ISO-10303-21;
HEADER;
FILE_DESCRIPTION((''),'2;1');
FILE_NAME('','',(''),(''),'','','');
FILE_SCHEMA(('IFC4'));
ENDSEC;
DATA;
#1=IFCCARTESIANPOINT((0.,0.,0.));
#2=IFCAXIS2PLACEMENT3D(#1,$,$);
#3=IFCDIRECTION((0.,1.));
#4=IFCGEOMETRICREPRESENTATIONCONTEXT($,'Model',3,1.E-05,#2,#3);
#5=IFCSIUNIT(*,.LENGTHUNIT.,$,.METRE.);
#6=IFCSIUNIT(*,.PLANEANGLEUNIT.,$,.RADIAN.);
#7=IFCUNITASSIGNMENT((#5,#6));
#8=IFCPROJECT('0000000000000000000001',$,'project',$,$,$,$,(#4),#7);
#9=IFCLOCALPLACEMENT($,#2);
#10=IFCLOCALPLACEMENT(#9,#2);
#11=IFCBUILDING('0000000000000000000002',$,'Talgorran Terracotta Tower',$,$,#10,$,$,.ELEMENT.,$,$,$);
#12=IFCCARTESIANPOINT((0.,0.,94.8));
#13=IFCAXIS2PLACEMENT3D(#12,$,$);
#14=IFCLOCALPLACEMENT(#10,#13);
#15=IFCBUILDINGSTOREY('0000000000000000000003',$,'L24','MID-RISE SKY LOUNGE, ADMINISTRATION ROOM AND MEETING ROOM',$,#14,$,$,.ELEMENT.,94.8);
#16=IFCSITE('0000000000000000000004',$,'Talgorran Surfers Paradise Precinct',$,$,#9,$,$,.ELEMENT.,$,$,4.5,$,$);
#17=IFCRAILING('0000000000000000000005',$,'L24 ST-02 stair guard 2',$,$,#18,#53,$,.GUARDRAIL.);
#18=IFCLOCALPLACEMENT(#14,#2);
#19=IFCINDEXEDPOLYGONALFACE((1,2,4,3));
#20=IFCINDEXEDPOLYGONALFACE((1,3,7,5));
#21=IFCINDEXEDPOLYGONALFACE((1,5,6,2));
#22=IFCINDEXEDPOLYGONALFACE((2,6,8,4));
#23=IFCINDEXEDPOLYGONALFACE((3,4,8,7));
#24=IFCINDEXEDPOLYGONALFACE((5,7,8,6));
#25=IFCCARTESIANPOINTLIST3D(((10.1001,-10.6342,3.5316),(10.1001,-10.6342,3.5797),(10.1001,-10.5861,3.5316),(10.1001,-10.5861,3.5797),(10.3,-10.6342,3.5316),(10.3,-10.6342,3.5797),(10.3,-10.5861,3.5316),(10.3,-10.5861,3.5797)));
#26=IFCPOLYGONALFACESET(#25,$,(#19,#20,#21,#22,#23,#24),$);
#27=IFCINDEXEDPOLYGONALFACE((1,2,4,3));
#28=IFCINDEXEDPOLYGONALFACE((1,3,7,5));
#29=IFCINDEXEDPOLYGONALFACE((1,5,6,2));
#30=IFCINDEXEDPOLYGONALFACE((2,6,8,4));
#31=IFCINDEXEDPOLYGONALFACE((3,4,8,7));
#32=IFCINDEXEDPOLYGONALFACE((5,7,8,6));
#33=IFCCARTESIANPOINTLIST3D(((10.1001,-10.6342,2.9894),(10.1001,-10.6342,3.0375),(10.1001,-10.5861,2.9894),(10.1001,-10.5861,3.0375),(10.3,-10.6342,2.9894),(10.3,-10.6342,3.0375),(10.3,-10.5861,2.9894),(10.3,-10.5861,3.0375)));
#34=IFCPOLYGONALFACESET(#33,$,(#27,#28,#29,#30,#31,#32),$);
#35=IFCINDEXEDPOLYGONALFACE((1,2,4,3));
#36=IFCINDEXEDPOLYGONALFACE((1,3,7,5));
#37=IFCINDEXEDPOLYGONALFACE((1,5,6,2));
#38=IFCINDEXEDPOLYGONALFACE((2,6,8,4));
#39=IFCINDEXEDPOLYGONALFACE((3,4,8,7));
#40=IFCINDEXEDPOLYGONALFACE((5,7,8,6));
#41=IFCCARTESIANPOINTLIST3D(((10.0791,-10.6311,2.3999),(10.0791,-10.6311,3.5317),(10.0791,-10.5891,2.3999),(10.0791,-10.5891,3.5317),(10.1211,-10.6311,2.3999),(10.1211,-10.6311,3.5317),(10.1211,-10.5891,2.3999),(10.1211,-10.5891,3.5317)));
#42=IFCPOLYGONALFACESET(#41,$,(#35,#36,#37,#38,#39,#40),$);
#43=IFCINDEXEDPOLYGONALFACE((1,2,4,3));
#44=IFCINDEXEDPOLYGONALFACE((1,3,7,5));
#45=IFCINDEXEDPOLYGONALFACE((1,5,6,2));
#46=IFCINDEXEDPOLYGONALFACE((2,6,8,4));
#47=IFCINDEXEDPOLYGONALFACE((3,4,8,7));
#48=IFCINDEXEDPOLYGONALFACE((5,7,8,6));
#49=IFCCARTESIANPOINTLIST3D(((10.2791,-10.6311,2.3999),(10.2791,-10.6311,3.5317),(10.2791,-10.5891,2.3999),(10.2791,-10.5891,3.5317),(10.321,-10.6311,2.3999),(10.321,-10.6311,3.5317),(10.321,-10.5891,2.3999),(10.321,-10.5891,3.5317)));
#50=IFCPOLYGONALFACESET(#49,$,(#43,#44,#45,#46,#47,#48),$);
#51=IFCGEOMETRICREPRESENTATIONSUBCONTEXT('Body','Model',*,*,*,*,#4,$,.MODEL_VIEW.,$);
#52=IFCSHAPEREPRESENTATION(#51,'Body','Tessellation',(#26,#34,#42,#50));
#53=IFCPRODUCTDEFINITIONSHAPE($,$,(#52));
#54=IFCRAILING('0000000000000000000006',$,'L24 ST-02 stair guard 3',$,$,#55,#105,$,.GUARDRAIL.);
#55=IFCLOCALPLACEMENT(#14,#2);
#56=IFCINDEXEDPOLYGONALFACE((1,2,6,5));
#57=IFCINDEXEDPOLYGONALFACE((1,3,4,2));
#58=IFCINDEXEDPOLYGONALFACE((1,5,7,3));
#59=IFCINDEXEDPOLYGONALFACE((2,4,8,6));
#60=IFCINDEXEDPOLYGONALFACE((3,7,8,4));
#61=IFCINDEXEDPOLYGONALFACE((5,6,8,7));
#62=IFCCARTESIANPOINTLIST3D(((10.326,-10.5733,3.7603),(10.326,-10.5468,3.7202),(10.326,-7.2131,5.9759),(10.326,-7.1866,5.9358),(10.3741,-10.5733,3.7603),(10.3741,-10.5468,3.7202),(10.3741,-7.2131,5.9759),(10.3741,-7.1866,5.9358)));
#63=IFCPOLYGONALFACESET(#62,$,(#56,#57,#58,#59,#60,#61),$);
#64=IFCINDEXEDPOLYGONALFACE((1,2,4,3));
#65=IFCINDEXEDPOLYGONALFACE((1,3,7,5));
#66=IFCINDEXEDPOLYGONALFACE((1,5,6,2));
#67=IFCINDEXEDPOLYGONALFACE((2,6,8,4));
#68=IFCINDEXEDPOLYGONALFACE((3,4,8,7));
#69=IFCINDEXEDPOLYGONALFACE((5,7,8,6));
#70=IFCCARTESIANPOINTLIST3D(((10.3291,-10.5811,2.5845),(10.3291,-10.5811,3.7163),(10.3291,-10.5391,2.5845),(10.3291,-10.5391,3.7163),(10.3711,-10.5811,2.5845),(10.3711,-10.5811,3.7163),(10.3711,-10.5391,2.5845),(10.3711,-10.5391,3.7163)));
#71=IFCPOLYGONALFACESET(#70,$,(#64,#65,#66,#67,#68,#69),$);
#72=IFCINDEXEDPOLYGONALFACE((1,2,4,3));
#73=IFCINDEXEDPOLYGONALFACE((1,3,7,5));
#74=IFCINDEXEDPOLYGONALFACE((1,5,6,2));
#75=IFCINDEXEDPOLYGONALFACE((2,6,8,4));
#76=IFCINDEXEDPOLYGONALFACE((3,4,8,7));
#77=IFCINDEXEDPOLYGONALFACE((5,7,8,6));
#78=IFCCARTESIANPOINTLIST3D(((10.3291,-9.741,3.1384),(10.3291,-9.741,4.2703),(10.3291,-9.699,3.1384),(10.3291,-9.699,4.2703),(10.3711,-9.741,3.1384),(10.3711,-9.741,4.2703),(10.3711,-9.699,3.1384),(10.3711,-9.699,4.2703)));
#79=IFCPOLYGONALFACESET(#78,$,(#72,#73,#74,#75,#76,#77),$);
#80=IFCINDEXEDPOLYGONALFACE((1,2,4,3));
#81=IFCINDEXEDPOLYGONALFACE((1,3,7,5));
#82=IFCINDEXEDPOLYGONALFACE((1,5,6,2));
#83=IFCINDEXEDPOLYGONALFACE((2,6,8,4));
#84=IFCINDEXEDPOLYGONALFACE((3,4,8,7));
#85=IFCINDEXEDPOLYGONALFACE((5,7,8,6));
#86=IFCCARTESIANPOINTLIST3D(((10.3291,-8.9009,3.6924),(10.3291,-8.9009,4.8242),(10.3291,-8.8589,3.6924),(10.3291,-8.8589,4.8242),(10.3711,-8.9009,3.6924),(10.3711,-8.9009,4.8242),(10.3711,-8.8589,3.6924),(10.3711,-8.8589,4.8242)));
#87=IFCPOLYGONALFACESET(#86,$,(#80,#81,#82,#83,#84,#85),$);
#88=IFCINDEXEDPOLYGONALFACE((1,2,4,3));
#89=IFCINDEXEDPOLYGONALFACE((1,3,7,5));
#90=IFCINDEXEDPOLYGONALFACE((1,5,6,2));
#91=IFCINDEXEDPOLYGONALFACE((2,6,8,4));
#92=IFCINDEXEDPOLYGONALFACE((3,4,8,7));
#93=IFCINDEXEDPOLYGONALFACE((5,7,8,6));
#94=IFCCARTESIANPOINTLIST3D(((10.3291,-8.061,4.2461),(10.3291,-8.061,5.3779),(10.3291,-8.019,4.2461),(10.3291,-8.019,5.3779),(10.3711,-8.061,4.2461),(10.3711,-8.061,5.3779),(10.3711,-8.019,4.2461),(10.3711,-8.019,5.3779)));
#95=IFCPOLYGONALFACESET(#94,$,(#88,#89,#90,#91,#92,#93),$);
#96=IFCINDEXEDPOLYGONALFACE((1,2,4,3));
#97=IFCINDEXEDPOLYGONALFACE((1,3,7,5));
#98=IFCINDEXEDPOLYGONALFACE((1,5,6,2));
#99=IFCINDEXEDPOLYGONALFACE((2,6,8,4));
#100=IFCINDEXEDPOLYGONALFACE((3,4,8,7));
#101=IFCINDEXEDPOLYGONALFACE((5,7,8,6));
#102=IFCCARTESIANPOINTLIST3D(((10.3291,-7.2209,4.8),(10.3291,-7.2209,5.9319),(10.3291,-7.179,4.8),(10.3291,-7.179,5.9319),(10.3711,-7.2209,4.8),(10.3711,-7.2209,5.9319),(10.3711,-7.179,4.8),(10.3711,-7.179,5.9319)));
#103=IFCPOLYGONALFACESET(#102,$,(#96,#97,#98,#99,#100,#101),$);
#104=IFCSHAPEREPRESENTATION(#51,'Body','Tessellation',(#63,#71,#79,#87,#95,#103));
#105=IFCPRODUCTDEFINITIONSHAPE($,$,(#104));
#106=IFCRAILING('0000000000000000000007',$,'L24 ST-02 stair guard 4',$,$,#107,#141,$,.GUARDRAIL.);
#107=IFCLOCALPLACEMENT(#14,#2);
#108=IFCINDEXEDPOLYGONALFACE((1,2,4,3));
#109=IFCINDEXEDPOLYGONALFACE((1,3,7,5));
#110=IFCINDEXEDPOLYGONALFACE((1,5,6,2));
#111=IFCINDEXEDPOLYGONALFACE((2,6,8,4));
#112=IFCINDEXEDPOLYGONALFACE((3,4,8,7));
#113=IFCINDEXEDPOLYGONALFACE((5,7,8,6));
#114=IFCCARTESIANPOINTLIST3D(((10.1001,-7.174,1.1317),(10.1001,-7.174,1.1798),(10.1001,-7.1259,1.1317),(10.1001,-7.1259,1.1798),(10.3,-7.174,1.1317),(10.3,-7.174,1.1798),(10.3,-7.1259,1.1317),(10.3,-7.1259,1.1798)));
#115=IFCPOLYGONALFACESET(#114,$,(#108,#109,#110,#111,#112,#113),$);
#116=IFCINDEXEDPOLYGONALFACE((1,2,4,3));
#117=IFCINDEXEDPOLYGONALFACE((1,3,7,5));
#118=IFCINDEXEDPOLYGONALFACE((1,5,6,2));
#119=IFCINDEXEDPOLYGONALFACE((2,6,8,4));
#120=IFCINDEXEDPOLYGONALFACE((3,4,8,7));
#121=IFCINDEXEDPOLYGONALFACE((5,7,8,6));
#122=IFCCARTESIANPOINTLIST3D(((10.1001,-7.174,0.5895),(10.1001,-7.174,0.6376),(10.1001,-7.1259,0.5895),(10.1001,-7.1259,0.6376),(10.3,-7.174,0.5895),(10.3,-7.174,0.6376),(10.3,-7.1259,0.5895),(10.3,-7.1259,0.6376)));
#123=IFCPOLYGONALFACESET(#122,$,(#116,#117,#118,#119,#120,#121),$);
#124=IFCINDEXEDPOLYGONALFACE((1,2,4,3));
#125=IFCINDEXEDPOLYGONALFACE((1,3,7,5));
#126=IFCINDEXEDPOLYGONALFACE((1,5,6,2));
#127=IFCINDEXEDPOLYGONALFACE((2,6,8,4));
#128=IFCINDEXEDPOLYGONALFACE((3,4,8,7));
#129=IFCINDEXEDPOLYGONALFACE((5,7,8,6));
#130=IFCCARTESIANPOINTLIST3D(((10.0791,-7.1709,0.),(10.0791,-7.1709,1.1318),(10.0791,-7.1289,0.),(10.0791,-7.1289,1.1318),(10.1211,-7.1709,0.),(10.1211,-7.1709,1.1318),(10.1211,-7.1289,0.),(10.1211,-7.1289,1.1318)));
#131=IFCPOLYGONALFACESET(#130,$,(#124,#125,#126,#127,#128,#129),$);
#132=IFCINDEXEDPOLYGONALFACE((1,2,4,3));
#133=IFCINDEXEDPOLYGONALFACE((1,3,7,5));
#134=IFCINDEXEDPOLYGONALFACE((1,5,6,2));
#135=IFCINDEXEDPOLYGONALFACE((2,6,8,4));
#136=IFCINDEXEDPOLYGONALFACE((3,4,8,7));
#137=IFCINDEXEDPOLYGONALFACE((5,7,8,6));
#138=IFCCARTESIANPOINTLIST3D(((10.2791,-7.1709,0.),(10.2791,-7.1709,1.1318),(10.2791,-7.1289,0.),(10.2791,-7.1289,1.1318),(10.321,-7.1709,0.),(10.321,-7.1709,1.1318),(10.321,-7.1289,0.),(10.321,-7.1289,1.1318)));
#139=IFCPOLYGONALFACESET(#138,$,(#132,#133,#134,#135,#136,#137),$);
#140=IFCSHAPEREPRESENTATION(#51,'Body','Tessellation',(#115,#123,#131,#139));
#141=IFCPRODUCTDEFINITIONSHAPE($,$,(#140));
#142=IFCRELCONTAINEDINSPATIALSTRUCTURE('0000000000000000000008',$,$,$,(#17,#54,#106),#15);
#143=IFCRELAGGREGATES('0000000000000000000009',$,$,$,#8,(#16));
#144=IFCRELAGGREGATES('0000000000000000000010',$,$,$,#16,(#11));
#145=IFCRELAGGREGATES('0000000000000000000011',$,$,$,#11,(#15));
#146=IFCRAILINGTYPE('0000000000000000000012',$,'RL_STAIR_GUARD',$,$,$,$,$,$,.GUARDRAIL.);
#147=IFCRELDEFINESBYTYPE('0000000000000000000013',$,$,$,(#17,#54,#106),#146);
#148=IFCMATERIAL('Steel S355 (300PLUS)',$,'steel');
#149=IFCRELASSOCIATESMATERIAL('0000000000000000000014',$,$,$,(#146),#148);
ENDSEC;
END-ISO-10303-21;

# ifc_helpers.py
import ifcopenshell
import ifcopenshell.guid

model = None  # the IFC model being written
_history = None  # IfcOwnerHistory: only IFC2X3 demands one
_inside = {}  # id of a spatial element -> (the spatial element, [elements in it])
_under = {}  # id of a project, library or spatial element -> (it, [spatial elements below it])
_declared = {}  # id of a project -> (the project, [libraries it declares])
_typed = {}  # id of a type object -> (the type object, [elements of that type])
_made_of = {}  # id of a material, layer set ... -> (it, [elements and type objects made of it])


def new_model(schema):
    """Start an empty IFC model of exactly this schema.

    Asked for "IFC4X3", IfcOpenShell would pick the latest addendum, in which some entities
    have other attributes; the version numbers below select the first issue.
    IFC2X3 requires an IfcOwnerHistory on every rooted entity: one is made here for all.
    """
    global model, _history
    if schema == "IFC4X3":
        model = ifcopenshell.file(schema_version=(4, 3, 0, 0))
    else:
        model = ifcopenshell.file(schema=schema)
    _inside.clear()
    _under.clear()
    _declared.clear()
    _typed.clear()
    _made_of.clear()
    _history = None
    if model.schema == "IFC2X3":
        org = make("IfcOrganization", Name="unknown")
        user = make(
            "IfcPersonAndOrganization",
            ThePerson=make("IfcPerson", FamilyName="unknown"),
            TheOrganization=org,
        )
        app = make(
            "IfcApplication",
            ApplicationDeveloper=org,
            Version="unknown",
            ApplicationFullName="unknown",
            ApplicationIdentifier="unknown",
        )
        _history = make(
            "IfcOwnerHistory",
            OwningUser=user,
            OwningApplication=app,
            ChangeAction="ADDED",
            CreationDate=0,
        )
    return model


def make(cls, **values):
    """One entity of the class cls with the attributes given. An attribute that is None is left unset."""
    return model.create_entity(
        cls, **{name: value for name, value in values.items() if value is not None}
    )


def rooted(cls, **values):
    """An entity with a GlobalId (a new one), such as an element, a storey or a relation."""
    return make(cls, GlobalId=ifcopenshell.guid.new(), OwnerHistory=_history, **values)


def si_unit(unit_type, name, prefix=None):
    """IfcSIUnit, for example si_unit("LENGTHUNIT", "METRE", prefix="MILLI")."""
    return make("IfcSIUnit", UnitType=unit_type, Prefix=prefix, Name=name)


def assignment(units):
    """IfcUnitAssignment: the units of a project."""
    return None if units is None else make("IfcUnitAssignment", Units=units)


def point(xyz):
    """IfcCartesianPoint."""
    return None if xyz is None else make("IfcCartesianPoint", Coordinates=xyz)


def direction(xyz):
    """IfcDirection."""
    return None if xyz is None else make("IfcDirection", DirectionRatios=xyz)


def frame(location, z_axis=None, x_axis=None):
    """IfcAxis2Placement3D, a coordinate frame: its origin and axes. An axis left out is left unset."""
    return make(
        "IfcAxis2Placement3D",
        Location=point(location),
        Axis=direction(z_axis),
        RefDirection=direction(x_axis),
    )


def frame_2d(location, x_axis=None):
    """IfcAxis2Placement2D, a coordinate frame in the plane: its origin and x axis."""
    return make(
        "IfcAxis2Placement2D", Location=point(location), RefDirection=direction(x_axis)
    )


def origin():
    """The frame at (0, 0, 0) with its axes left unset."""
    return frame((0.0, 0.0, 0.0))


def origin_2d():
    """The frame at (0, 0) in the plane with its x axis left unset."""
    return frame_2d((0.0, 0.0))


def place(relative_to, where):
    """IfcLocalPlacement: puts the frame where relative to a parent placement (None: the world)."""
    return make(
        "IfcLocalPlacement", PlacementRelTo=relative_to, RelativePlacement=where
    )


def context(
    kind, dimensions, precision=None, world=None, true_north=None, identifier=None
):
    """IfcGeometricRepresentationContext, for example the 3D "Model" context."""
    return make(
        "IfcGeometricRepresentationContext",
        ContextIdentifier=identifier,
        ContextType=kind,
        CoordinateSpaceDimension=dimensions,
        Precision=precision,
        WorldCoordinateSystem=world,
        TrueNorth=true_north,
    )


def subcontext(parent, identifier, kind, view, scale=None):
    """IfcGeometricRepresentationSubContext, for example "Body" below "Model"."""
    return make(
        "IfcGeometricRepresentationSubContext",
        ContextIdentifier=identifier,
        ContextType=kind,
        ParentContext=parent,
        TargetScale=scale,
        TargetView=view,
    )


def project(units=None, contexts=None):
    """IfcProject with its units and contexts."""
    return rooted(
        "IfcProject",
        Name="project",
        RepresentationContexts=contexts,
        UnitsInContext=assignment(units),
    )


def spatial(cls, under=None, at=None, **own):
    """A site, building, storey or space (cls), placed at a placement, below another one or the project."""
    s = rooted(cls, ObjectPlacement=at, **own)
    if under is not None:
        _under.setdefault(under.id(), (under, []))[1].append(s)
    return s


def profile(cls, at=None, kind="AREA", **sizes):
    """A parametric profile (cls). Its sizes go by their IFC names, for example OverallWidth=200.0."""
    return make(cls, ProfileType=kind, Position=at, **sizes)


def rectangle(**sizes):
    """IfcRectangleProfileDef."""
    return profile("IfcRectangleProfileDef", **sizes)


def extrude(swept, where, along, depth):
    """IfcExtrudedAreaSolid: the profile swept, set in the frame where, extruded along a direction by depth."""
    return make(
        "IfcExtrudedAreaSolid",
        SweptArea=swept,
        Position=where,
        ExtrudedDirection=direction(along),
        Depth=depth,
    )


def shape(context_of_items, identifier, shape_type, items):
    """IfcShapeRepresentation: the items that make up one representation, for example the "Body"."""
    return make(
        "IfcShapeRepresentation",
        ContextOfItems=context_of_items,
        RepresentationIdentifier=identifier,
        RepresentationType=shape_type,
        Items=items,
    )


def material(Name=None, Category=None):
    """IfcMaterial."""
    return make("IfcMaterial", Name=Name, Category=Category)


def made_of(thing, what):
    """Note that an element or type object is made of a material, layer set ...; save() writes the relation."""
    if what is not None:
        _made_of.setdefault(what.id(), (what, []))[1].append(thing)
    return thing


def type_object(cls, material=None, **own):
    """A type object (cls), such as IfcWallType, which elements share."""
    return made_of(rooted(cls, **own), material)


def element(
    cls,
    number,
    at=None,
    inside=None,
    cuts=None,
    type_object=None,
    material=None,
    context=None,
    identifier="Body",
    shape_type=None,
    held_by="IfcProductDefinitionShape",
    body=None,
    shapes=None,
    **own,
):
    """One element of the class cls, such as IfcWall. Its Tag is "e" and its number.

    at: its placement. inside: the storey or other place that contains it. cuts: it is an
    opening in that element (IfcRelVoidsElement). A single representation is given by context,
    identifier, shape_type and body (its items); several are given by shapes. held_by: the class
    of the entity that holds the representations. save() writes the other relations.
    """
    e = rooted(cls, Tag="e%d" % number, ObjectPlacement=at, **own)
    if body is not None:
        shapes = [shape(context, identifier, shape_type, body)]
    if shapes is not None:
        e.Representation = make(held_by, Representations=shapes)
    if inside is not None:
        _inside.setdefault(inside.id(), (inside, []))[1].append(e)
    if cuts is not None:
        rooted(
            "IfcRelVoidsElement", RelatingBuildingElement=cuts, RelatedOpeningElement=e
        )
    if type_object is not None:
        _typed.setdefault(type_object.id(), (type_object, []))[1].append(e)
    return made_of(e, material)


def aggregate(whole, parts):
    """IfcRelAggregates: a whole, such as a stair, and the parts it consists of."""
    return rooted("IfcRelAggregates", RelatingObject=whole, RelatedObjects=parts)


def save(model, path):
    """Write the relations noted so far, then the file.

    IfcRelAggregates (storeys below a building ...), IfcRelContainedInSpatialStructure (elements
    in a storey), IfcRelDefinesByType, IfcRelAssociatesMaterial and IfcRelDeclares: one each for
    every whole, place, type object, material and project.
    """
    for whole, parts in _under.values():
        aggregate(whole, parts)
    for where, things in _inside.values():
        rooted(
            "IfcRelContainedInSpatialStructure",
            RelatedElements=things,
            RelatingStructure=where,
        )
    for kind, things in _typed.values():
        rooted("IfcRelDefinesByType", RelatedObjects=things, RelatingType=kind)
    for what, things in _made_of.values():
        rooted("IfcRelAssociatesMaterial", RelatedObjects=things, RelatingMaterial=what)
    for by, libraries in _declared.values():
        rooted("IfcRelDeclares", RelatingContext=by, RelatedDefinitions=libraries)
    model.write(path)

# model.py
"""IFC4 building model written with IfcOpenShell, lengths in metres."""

from ifc_helpers import new_model, si_unit, direction, frame, origin, origin_2d, place, context, subcontext, project, spatial, rectangle, extrude, material, type_object, element, save


model = new_model("IFC4")

# Units and contexts
model_context = context("Model", 3, precision=1e-05, world=origin(), true_north=direction((0.0, 1.0)))
body_context = subcontext(model_context, "Body", "Model", "MODEL_VIEW")
ifc_project = project(units=[si_unit("LENGTHUNIT", "METRE"), si_unit("PLANEANGLEUNIT", "RADIAN")], contexts=[model_context])

# Site, building, storey
site_placement = place(None, origin())
site = spatial("IfcSite", under=ifc_project, at=site_placement, Name="Talgorran Surfers Paradise Precinct", CompositionType="ELEMENT", RefElevation=4.5)
building_placement = place(site_placement, origin())
building = spatial("IfcBuilding", under=site, at=building_placement, Name="Talgorran Terracotta Tower", CompositionType="ELEMENT")
storey_placement = place(building_placement, frame((0.0, 0.0, 94.8)))
storey = spatial("IfcBuildingStorey", under=building, at=storey_placement, Name="L24", Description="MID-RISE SKY LOUNGE, ADMINISTRATION ROOM AND MEETING ROOM", CompositionType="ELEMENT", Elevation=94.8)

# Shared definitions
ifc_material_1 = material(Name="Steel S355 (300PLUS)", Category="steel")

# Railings
railing_type_1 = type_object("IfcRailingType", Name="RL_STAIR_GUARD", PredefinedType="GUARDRAIL", material=ifc_material_1)
railing_1_placement = place(storey_placement, frame((10.1001, -10.6101, 2.3999)))
element("IfcRailing", 1, at=railing_1_placement, inside=storey, type_object=railing_type_1, Name="L24 ST-02 stair guard 2", PredefinedType="GUARDRAIL", context=body_context, shape_type="SweptSolid", body=[
    extrude(rectangle(XDim=0.0481, YDim=0.0481, at=origin_2d()), frame((0.0, 0.0, 1.1558), z_axis=(1.0, 0.0, 0.0), x_axis=(0.0, 1.0, 0.0)), (0.0, 0.0, 1.0), 0.2),
    extrude(rectangle(XDim=0.0481, YDim=0.0481, at=origin_2d()), frame((0.0, 0.0, 0.6135), z_axis=(1.0, 0.0, 0.0), x_axis=(0.0, 1.0, 0.0)), (0.0, 0.0, 1.0), 0.2),
    extrude(rectangle(XDim=0.042, YDim=0.042, at=origin_2d()), origin(), (0.0, 0.0, 1.0), 1.1318),
    extrude(rectangle(XDim=0.042, YDim=0.042, at=origin_2d()), frame((0.2, 0.0, 0.0)), (0.0, 0.0, 1.0), 1.1318),
])
railing_2_placement = place(storey_placement, frame((10.3501, -10.5601, 2.5845)))
element("IfcRailing", 2, at=railing_2_placement, inside=storey, type_object=railing_type_1, Name="L24 ST-02 stair guard 3", PredefinedType="GUARDRAIL", context=body_context, shape_type="SweptSolid", body=[
    extrude(rectangle(XDim=0.0481, YDim=0.0481, at=origin_2d()), frame((0.0, 0.0, 1.1558), z_axis=(0.0, 0.834849, 0.55048), x_axis=(-1.0, 0.0, 0.0)), (0.0, 0.0, 1.0), 4.0249),
    extrude(rectangle(XDim=0.042, YDim=0.042, at=origin_2d()), origin(), (0.0, 0.0, 1.0), 1.1318),
    extrude(rectangle(XDim=0.042, YDim=0.042, at=origin_2d()), frame((0.0, 0.8401, 0.554)), (0.0, 0.0, 1.0), 1.1318),
    extrude(rectangle(XDim=0.042, YDim=0.042, at=origin_2d()), frame((0.0, 1.6802, 1.1079)), (0.0, 0.0, 1.0), 1.1318),
    extrude(rectangle(XDim=0.042, YDim=0.042, at=origin_2d()), frame((0.0, 2.52, 1.6616)), (0.0, 0.0, 1.0), 1.1318),
    extrude(rectangle(XDim=0.042, YDim=0.042, at=origin_2d()), frame((0.0, 3.3601, 2.2156)), (0.0, 0.0, 1.0), 1.1318),
])
railing_3_placement = place(storey_placement, frame((10.1001, -7.1499, 0.0)))
element("IfcRailing", 3, at=railing_3_placement, inside=storey, type_object=railing_type_1, Name="L24 ST-02 stair guard 4", PredefinedType="GUARDRAIL", context=body_context, shape_type="SweptSolid", body=[
    extrude(rectangle(XDim=0.0481, YDim=0.0481, at=origin_2d()), frame((0.0, 0.0, 1.1558), z_axis=(1.0, 0.0, 0.0), x_axis=(0.0, 1.0, 0.0)), (0.0, 0.0, 1.0), 0.2),
    extrude(rectangle(XDim=0.0481, YDim=0.0481, at=origin_2d()), frame((0.0, 0.0, 0.6135), z_axis=(1.0, 0.0, 0.0), x_axis=(0.0, 1.0, 0.0)), (0.0, 0.0, 1.0), 0.2),
    extrude(rectangle(XDim=0.042, YDim=0.042, at=origin_2d()), origin(), (0.0, 0.0, 1.0), 1.1318),
    extrude(rectangle(XDim=0.042, YDim=0.042, at=origin_2d()), frame((0.2, 0.0, 0.0)), (0.0, 0.0, 1.0), 1.1318),
])

save(model, "model.ifc")
